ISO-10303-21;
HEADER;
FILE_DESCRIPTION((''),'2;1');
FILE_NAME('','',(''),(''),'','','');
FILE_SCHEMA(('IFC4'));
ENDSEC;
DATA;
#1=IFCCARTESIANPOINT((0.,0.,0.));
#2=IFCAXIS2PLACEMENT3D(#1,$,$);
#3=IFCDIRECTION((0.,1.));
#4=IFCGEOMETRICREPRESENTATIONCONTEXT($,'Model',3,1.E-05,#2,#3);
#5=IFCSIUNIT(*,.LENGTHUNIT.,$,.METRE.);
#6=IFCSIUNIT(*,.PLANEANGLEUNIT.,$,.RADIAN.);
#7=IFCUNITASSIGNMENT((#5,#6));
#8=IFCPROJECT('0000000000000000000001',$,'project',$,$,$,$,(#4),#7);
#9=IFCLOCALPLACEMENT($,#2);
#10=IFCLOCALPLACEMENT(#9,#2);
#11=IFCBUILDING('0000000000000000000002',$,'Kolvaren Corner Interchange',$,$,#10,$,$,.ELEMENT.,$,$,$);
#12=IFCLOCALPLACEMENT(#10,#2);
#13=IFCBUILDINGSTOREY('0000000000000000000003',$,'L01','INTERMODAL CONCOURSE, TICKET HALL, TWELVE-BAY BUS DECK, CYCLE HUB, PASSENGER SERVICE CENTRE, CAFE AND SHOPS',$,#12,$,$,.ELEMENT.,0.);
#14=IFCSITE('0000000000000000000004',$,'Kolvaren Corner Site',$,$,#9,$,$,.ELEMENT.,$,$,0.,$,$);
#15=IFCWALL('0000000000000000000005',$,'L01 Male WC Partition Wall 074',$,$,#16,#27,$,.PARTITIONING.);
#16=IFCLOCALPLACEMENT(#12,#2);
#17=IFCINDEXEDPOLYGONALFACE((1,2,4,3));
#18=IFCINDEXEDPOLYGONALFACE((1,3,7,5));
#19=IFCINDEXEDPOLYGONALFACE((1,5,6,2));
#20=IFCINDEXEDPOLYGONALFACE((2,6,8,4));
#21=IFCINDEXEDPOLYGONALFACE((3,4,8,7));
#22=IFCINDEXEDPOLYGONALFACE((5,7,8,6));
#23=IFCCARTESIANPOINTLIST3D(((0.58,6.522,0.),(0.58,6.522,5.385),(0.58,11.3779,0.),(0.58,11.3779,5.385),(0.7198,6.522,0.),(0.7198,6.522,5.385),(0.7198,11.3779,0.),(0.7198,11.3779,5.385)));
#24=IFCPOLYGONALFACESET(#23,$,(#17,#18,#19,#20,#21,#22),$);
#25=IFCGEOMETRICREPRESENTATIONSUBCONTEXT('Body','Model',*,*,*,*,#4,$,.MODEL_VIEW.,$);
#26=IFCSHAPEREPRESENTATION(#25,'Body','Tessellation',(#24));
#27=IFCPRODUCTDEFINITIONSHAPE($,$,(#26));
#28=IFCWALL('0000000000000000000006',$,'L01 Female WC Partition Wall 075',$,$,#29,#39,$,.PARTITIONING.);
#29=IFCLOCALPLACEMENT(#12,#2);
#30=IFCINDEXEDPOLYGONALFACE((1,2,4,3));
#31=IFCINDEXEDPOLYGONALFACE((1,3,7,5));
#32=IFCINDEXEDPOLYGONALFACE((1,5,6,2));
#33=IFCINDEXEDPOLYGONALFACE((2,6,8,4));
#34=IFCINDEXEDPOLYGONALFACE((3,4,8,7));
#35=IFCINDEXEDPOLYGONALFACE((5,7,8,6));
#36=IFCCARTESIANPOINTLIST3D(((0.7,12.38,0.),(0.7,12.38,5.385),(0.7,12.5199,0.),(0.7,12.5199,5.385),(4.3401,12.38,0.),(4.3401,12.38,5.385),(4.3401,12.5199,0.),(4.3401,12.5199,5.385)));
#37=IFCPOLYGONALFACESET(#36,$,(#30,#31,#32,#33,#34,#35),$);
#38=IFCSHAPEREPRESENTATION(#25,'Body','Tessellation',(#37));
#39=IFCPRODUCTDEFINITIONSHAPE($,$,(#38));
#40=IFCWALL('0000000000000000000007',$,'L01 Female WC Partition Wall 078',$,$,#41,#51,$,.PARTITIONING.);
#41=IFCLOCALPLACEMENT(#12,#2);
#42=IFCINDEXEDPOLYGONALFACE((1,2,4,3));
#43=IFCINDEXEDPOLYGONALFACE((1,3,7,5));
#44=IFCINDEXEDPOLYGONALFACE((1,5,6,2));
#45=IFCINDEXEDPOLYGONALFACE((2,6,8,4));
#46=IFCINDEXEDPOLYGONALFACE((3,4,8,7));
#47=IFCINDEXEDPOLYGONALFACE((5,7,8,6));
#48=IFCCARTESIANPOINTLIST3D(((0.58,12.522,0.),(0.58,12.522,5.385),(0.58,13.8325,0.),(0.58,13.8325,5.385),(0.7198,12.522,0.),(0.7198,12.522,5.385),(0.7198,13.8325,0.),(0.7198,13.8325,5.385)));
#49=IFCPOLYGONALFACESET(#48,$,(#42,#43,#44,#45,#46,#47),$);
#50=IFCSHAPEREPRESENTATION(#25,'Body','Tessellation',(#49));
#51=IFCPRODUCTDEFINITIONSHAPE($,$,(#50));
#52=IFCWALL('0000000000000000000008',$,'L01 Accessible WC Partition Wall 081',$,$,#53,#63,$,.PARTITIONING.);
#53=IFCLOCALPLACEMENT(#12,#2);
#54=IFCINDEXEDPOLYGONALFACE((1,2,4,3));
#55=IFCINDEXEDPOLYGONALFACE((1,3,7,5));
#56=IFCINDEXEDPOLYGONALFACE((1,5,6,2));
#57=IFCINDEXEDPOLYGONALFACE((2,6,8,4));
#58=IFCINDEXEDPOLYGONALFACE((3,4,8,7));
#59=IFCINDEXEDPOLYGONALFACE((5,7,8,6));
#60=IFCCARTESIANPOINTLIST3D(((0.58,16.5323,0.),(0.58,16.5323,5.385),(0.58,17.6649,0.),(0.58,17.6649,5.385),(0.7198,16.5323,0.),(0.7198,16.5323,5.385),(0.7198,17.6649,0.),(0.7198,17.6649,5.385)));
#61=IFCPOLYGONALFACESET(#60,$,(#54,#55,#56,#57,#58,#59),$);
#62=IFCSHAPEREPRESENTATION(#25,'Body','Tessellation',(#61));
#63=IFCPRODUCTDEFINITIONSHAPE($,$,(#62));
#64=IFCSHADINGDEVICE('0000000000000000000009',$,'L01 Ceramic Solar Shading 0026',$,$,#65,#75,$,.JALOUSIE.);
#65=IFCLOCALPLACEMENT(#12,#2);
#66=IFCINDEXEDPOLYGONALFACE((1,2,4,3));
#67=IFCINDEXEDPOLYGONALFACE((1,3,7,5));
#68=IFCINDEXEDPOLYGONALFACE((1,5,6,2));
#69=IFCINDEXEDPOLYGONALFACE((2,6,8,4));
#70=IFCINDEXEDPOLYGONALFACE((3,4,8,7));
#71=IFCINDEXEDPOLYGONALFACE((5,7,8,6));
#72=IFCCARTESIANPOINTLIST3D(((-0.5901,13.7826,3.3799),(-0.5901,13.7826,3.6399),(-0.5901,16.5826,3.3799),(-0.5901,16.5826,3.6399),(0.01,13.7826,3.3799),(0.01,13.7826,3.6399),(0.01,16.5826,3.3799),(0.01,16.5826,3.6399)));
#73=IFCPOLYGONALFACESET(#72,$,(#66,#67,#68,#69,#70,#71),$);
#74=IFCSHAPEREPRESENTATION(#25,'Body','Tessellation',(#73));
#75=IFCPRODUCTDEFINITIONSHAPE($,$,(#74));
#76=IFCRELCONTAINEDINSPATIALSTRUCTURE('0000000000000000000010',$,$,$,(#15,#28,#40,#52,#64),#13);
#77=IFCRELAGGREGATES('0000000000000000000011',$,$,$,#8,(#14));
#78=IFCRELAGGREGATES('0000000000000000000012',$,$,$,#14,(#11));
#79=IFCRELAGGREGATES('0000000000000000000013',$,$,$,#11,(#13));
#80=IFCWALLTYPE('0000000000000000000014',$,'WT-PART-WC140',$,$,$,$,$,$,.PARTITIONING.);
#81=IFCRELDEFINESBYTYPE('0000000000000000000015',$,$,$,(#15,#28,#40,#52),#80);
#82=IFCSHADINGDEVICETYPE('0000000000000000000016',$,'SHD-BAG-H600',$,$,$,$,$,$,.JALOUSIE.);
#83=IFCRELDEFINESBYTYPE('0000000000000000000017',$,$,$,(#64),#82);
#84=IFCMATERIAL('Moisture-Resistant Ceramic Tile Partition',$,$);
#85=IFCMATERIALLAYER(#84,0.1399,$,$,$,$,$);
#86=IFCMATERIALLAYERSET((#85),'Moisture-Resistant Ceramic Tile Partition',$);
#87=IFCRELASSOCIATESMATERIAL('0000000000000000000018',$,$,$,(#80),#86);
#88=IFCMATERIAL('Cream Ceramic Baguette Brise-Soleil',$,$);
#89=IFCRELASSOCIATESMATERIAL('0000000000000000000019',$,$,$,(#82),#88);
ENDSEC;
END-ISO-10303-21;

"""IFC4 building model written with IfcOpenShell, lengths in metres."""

from ifc_helpers import new_model, si_unit, direction, frame, frame_2d, origin, origin_2d, place, context, subcontext, project, spatial, rectangle, extrude, material, layer, layer_set, type_object, element, save


model = new_model("IFC4")

# Units and contexts
model_context = context("Model", 3, precision=1e-05, world=origin(), true_north=direction((0.0, 1.0)))
body_context = subcontext(model_context, "Body", "Model", "MODEL_VIEW")
ifc_project = project(units=[si_unit("LENGTHUNIT", "METRE"), si_unit("PLANEANGLEUNIT", "RADIAN")], contexts=[model_context])

# Site, building, storey
site_placement = place(None, origin())
site = spatial("IfcSite", under=ifc_project, at=site_placement, Name="Kolvaren Corner Site", CompositionType="ELEMENT", RefElevation=0.0)
building_placement = place(site_placement, origin())
building = spatial("IfcBuilding", under=site, at=building_placement, Name="Kolvaren Corner Interchange", CompositionType="ELEMENT")
storey_placement = place(building_placement, origin())
storey = spatial("IfcBuildingStorey", under=building, at=storey_placement, Name="L01", Description="INTERMODAL CONCOURSE, TICKET HALL, TWELVE-BAY BUS DECK, CYCLE HUB, PASSENGER SERVICE CENTRE, CAFE AND SHOPS", CompositionType="ELEMENT", Elevation=0.0)

# Walls
ifc_material_1 = material(Name="Moisture-Resistant Ceramic Tile Partition")
ifc_layer_1 = layer(ifc_material_1, 0.1399)
ifc_layer_set_1 = layer_set([ifc_layer_1], Name="Moisture-Resistant Ceramic Tile Partition")
wall_type = type_object("IfcWallType", Name="WT-PART-WC140", PredefinedType="PARTITIONING", material=ifc_layer_set_1)
wall_1_placement = place(storey_placement, frame((0.6499, 11.3779, 0.0), z_axis=(0.0, 0.0, 1.0), x_axis=(0.0, -1.0, 0.0)))
element("IfcWall", 1, at=wall_1_placement, inside=storey, type_object=wall_type, Name="L01 Male WC Partition Wall 074", PredefinedType="PARTITIONING", context=body_context, shape_type="SweptSolid", body=[
    extrude(rectangle(XDim=4.856, YDim=0.1399, at=frame_2d((2.428, 0.0))), origin(), (0.0, 0.0, 1.0), 5.385),
])
wall_2_placement = place(storey_placement, frame((0.7, 12.45, 0.0), z_axis=(0.0, 0.0, 1.0), x_axis=(1.0, 0.0, 0.0)))
element("IfcWall", 2, at=wall_2_placement, inside=storey, type_object=wall_type, Name="L01 Female WC Partition Wall 075", PredefinedType="PARTITIONING", context=body_context, shape_type="SweptSolid", body=[
    extrude(rectangle(XDim=3.6401, YDim=0.1399, at=frame_2d((1.8201, 0.0))), origin(), (0.0, 0.0, 1.0), 5.385),
])
wall_3_placement = place(storey_placement, frame((0.6499, 13.8325, 0.0), z_axis=(0.0, 0.0, 1.0), x_axis=(0.0, -1.0, 0.0)))
element("IfcWall", 3, at=wall_3_placement, inside=storey, type_object=wall_type, Name="L01 Female WC Partition Wall 078", PredefinedType="PARTITIONING", context=body_context, shape_type="SweptSolid", body=[
    extrude(rectangle(XDim=1.3105, YDim=0.1399, at=frame_2d((0.6553, 0.0))), origin(), (0.0, 0.0, 1.0), 5.385),
])
wall_4_placement = place(storey_placement, frame((0.6499, 17.665, 0.0), z_axis=(0.0, 0.0, 1.0), x_axis=(0.0, -1.0, 0.0)))
element("IfcWall", 4, at=wall_4_placement, inside=storey, type_object=wall_type, Name="L01 Accessible WC Partition Wall 081", PredefinedType="PARTITIONING", context=body_context, shape_type="SweptSolid", body=[
    extrude(rectangle(XDim=1.1326, YDim=0.1399, at=frame_2d((0.5664, 0.0))), origin(), (0.0, 0.0, 1.0), 5.385),
])

# Shading device
ifc_material_2 = material(Name="Cream Ceramic Baguette Brise-Soleil")
shading_device_type = type_object("IfcShadingDeviceType", Name="SHD-BAG-H600", PredefinedType="JALOUSIE", material=ifc_material_2)
shading_device_placement = place(storey_placement, frame((-0.29, 15.1826, 3.3799), z_axis=(0.0, 0.0, 1.0), x_axis=(0.0, -1.0, 0.0)))
element("IfcShadingDevice", 5, at=shading_device_placement, inside=storey, type_object=shading_device_type, Name="L01 Ceramic Solar Shading 0026", PredefinedType="JALOUSIE", context=body_context, shape_type="SweptSolid", body=[
    extrude(rectangle(XDim=2.8, YDim=0.6001, at=origin_2d()), origin(), (0.0, 0.0, 1.0), 0.26),
])

save(model, "model.ifc")
